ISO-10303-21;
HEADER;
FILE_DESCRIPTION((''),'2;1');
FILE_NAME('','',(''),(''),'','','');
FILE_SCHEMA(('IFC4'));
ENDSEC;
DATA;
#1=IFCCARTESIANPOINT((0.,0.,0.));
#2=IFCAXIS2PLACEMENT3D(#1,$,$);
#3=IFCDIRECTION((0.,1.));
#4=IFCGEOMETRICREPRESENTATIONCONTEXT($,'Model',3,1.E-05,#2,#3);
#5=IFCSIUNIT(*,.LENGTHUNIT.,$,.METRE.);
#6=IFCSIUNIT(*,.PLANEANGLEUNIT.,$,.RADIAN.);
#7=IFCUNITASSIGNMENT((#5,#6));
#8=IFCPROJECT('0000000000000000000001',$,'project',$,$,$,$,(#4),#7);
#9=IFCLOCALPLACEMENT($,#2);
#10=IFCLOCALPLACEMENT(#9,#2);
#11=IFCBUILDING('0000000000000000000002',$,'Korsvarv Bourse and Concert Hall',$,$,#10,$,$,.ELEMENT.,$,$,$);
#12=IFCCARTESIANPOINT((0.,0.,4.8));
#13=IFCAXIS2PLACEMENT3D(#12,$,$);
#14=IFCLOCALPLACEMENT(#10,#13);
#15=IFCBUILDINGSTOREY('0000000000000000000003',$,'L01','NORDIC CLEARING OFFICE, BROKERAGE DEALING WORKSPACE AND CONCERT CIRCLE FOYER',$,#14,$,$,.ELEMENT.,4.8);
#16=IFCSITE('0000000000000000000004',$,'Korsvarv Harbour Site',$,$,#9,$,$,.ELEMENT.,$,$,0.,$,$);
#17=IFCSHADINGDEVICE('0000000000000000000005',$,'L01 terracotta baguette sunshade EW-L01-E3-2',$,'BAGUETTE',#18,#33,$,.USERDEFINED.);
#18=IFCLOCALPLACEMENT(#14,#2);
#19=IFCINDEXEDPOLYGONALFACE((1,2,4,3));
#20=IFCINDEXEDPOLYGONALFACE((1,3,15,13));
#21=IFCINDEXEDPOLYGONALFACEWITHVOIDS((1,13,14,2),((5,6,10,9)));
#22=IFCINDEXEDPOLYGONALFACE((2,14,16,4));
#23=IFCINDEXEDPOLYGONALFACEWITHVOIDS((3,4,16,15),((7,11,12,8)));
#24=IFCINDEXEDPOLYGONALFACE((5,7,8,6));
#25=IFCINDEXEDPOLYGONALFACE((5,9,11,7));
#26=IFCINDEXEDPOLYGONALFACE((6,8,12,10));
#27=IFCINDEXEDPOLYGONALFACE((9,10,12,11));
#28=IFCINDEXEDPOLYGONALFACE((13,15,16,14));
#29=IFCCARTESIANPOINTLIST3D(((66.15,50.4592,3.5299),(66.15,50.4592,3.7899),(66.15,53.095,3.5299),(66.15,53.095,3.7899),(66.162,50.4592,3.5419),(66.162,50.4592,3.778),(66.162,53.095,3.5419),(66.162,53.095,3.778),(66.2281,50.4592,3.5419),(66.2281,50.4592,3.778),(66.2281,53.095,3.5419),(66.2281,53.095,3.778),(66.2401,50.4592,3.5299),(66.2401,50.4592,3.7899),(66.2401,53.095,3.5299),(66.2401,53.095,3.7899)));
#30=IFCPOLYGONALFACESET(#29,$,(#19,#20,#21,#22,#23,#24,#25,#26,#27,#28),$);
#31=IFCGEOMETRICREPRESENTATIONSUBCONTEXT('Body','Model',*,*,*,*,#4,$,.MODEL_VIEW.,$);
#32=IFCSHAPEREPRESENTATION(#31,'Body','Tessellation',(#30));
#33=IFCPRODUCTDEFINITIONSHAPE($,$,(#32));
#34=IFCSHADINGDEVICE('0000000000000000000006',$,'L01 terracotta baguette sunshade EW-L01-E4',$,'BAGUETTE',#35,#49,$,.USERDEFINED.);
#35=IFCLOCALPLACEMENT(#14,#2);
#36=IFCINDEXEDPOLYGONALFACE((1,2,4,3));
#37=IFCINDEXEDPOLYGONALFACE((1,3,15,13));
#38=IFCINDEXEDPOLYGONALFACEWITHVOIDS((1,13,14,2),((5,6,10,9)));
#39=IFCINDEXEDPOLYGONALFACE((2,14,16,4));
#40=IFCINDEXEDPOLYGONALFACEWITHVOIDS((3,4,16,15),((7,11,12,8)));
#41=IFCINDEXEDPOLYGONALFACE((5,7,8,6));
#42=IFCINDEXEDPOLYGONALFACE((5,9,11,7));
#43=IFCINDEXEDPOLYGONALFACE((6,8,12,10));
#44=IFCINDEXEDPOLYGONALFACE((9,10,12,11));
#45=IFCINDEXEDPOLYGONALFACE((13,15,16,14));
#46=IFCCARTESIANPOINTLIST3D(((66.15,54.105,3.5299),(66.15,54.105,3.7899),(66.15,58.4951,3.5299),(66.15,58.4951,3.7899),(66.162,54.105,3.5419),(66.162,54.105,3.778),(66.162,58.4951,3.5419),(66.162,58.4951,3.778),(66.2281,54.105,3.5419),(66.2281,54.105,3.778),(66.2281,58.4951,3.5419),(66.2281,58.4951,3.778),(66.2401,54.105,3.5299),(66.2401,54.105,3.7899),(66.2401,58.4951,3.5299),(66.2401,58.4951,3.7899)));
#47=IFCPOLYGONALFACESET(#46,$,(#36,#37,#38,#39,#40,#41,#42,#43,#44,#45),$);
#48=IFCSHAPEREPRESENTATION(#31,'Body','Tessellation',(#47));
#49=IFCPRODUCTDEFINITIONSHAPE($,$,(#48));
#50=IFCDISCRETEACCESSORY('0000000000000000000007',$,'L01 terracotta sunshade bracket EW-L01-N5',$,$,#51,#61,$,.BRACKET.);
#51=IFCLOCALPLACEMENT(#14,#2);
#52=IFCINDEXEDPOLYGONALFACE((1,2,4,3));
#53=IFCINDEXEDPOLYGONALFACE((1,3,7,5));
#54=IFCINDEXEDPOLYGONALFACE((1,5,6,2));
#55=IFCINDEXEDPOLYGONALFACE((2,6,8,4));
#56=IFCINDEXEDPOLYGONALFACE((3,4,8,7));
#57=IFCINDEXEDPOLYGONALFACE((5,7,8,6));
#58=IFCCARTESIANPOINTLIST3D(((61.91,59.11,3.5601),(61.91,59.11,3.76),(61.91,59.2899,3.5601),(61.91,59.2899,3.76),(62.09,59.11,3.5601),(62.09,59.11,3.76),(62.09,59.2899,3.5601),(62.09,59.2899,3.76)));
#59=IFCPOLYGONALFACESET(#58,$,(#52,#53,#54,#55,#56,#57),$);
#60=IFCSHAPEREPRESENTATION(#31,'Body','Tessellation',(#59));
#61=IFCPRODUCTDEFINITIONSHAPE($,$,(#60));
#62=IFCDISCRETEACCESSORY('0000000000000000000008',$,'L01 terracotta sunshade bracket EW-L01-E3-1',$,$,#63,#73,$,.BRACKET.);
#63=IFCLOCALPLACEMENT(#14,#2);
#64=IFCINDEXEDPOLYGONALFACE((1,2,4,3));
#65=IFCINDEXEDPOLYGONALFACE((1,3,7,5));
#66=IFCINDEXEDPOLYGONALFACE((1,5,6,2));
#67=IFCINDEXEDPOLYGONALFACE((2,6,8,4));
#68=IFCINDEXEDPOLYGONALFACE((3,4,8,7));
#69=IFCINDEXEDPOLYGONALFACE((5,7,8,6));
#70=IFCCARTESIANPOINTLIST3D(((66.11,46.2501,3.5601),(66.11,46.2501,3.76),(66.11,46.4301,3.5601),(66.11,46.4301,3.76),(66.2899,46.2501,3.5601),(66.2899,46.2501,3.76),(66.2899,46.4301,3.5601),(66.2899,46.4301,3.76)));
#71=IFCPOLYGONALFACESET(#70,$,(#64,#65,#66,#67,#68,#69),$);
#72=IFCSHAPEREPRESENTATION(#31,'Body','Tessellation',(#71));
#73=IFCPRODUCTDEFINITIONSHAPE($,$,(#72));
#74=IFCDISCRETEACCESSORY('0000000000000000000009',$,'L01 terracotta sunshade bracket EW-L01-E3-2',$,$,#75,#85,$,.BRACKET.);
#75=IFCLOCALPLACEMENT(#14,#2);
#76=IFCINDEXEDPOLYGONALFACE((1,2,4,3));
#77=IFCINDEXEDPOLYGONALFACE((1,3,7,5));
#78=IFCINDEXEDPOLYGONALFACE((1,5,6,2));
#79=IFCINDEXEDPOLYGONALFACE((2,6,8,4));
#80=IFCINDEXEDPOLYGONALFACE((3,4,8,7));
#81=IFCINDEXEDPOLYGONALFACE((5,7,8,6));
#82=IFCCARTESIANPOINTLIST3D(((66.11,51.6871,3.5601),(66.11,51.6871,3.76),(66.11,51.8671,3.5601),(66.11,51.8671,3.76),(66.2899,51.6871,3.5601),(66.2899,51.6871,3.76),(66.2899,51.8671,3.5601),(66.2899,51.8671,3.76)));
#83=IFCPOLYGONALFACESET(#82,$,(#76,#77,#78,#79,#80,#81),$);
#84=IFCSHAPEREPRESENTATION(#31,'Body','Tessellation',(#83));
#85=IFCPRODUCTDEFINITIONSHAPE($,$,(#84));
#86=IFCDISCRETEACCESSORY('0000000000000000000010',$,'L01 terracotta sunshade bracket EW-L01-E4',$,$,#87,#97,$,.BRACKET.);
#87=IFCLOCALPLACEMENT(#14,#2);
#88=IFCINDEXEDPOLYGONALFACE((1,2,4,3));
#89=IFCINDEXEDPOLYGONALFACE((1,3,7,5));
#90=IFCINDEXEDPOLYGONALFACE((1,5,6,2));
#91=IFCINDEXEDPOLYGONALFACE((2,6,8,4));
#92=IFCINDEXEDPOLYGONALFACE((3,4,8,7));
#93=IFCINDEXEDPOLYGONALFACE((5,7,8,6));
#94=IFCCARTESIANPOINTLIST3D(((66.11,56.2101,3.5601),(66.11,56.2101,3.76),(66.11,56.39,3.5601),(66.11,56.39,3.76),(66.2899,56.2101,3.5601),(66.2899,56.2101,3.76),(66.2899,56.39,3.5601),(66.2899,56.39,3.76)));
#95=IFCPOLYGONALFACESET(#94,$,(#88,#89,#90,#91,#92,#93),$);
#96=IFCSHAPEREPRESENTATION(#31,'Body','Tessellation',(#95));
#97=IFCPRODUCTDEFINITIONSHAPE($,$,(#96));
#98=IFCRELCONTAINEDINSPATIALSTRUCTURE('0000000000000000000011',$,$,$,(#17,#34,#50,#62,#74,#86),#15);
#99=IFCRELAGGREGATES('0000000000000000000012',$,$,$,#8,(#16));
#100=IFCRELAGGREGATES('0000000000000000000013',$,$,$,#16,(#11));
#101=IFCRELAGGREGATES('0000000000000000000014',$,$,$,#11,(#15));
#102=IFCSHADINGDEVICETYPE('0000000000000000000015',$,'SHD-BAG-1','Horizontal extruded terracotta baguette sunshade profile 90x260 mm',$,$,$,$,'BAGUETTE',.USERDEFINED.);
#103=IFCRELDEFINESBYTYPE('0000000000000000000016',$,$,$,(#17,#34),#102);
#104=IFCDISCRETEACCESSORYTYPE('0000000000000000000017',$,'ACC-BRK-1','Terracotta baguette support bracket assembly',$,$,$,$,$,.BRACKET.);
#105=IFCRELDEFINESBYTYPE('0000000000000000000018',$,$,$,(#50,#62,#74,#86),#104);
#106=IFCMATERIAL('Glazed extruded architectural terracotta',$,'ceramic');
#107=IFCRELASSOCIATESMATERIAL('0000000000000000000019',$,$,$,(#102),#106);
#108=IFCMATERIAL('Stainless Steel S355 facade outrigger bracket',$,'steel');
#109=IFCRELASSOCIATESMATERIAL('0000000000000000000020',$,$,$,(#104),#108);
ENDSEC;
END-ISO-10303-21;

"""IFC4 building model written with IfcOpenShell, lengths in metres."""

from ifc_helpers import new_model, si_unit, direction, frame, origin, origin_2d, place, context, subcontext, project, spatial, rectangle, hollow_rectangle, extrude, source, transform, mapped, material, material_profile, profile_set, type_object, element, save


model = new_model("IFC4")

# Units and contexts
model_context = context("Model", 3, precision=1e-05, world=origin(), true_north=direction((0.0, 1.0)))
body_context = subcontext(model_context, "Body", "Model", "MODEL_VIEW")
ifc_project = project(units=[si_unit("LENGTHUNIT", "METRE"), si_unit("PLANEANGLEUNIT", "RADIAN")], contexts=[model_context])

# Site, building, storey
site_placement = place(None, origin())
site = spatial("IfcSite", under=ifc_project, at=site_placement, Name="Korsvarv Harbour Site", CompositionType="ELEMENT", RefElevation=0.0)
building_placement = place(site_placement, origin())
building = spatial("IfcBuilding", under=site, at=building_placement, Name="Korsvarv Bourse and Concert Hall", CompositionType="ELEMENT")
storey_placement = place(building_placement, frame((0.0, 0.0, 4.8)))
storey = spatial("IfcBuildingStorey", under=building, at=storey_placement, Name="L01", Description="NORDIC CLEARING OFFICE, BROKERAGE DEALING WORKSPACE AND CONCERT CIRCLE FOYER", CompositionType="ELEMENT", Elevation=4.8)

# Shading devices
ifc_material_1 = material(Name="Glazed extruded architectural terracotta", Category="ceramic")
ifc_material_profile_1 = material_profile(ifc_material_1, hollow_rectangle(XDim=0.0901, YDim=0.26, WallThickness=0.012, at=origin_2d()), Name="TC-BAG 90x260")
ifc_profile_set_1 = profile_set([ifc_material_profile_1], Name="Glazed extruded architectural terracotta")
shading_device_type = type_object("IfcShadingDeviceType", Name="SHD-BAG-1", Description="Horizontal extruded terracotta baguette sunshade profile 90x260 mm", ElementType="BAGUETTE", PredefinedType="USERDEFINED", material=ifc_profile_set_1)
shared_shape_1 = source(origin(), body_context, "Body", "SweptSolid", [
    extrude(hollow_rectangle(XDim=0.0901, YDim=0.26, WallThickness=0.012, at=origin_2d()), origin(), (0.0, 0.0, 1.0), 2.6357),
])
shading_device_1_placement = place(storey_placement, frame((66.1951, 50.4592, 3.6599), z_axis=(0.0, 1.0, 0.0), x_axis=(-1.0, 0.0, 0.0)))
element("IfcShadingDevice", 1, at=shading_device_1_placement, inside=storey, type_object=shading_device_type, Name="L01 terracotta baguette sunshade EW-L01-E3-2", ObjectType="BAGUETTE", PredefinedType="USERDEFINED", context=body_context, shape_type="MappedRepresentation", body=[
    mapped(shared_shape_1, transform((0.0, 0.0, 0.0), scale=1.0)),
])
shared_shape_2 = source(origin(), body_context, "Body", "SweptSolid", [
    extrude(hollow_rectangle(XDim=0.0901, YDim=0.26, WallThickness=0.012, at=origin_2d()), origin(), (0.0, 0.0, 1.0), 4.3901),
])
shading_device_2_placement = place(storey_placement, frame((66.1951, 54.105, 3.6599), z_axis=(0.0, 1.0, 0.0), x_axis=(-1.0, 0.0, 0.0)))
element("IfcShadingDevice", 2, at=shading_device_2_placement, inside=storey, type_object=shading_device_type, Name="L01 terracotta baguette sunshade EW-L01-E4", ObjectType="BAGUETTE", PredefinedType="USERDEFINED", context=body_context, shape_type="MappedRepresentation", body=[
    mapped(shared_shape_2, transform((0.0, 0.0, 0.0), scale=1.0)),
])

# Discrete accessories
ifc_material_2 = material(Name="Stainless Steel S355 facade outrigger bracket", Category="steel")
discrete_accessory_type = type_object("IfcDiscreteAccessoryType", Name="ACC-BRK-1", Description="Terracotta baguette support bracket assembly", PredefinedType="BRACKET", material=ifc_material_2)
shared_shape_3 = source(origin(), body_context, "Body", "SweptSolid", [
    extrude(rectangle(XDim=0.1799, YDim=0.1799, at=origin_2d()), origin(), (0.0, 0.0, 1.0), 0.2),
])
for number, where, z_axis, x_axis, name in (
    (3, (62.0, 59.2, 3.5601), (0.0, 0.0, 1.0), (1.0, 0.0, 0.0), "L01 terracotta sunshade bracket EW-L01-N5"),
    (4, (66.2, 46.3401, 3.5601), (0.0, 0.0, 1.0), (0.0, 1.0, 0.0), "L01 terracotta sunshade bracket EW-L01-E3-1"),
    (5, (66.2, 51.7771, 3.5601), (0.0, 0.0, 1.0), (0.0, 1.0, 0.0), "L01 terracotta sunshade bracket EW-L01-E3-2"),
    (6, (66.2, 56.3, 3.5601), (0.0, 0.0, 1.0), (0.0, 1.0, 0.0), "L01 terracotta sunshade bracket EW-L01-E4"),
):
    element("IfcDiscreteAccessory", number, at=place(storey_placement, frame(where, z_axis=z_axis, x_axis=x_axis)), inside=storey, type_object=discrete_accessory_type, Name=name, PredefinedType="BRACKET", context=body_context, shape_type="MappedRepresentation", body=[
        mapped(shared_shape_3, transform((0.0, 0.0, 0.0), scale=1.0)),
    ])

save(model, "model.ifc")
